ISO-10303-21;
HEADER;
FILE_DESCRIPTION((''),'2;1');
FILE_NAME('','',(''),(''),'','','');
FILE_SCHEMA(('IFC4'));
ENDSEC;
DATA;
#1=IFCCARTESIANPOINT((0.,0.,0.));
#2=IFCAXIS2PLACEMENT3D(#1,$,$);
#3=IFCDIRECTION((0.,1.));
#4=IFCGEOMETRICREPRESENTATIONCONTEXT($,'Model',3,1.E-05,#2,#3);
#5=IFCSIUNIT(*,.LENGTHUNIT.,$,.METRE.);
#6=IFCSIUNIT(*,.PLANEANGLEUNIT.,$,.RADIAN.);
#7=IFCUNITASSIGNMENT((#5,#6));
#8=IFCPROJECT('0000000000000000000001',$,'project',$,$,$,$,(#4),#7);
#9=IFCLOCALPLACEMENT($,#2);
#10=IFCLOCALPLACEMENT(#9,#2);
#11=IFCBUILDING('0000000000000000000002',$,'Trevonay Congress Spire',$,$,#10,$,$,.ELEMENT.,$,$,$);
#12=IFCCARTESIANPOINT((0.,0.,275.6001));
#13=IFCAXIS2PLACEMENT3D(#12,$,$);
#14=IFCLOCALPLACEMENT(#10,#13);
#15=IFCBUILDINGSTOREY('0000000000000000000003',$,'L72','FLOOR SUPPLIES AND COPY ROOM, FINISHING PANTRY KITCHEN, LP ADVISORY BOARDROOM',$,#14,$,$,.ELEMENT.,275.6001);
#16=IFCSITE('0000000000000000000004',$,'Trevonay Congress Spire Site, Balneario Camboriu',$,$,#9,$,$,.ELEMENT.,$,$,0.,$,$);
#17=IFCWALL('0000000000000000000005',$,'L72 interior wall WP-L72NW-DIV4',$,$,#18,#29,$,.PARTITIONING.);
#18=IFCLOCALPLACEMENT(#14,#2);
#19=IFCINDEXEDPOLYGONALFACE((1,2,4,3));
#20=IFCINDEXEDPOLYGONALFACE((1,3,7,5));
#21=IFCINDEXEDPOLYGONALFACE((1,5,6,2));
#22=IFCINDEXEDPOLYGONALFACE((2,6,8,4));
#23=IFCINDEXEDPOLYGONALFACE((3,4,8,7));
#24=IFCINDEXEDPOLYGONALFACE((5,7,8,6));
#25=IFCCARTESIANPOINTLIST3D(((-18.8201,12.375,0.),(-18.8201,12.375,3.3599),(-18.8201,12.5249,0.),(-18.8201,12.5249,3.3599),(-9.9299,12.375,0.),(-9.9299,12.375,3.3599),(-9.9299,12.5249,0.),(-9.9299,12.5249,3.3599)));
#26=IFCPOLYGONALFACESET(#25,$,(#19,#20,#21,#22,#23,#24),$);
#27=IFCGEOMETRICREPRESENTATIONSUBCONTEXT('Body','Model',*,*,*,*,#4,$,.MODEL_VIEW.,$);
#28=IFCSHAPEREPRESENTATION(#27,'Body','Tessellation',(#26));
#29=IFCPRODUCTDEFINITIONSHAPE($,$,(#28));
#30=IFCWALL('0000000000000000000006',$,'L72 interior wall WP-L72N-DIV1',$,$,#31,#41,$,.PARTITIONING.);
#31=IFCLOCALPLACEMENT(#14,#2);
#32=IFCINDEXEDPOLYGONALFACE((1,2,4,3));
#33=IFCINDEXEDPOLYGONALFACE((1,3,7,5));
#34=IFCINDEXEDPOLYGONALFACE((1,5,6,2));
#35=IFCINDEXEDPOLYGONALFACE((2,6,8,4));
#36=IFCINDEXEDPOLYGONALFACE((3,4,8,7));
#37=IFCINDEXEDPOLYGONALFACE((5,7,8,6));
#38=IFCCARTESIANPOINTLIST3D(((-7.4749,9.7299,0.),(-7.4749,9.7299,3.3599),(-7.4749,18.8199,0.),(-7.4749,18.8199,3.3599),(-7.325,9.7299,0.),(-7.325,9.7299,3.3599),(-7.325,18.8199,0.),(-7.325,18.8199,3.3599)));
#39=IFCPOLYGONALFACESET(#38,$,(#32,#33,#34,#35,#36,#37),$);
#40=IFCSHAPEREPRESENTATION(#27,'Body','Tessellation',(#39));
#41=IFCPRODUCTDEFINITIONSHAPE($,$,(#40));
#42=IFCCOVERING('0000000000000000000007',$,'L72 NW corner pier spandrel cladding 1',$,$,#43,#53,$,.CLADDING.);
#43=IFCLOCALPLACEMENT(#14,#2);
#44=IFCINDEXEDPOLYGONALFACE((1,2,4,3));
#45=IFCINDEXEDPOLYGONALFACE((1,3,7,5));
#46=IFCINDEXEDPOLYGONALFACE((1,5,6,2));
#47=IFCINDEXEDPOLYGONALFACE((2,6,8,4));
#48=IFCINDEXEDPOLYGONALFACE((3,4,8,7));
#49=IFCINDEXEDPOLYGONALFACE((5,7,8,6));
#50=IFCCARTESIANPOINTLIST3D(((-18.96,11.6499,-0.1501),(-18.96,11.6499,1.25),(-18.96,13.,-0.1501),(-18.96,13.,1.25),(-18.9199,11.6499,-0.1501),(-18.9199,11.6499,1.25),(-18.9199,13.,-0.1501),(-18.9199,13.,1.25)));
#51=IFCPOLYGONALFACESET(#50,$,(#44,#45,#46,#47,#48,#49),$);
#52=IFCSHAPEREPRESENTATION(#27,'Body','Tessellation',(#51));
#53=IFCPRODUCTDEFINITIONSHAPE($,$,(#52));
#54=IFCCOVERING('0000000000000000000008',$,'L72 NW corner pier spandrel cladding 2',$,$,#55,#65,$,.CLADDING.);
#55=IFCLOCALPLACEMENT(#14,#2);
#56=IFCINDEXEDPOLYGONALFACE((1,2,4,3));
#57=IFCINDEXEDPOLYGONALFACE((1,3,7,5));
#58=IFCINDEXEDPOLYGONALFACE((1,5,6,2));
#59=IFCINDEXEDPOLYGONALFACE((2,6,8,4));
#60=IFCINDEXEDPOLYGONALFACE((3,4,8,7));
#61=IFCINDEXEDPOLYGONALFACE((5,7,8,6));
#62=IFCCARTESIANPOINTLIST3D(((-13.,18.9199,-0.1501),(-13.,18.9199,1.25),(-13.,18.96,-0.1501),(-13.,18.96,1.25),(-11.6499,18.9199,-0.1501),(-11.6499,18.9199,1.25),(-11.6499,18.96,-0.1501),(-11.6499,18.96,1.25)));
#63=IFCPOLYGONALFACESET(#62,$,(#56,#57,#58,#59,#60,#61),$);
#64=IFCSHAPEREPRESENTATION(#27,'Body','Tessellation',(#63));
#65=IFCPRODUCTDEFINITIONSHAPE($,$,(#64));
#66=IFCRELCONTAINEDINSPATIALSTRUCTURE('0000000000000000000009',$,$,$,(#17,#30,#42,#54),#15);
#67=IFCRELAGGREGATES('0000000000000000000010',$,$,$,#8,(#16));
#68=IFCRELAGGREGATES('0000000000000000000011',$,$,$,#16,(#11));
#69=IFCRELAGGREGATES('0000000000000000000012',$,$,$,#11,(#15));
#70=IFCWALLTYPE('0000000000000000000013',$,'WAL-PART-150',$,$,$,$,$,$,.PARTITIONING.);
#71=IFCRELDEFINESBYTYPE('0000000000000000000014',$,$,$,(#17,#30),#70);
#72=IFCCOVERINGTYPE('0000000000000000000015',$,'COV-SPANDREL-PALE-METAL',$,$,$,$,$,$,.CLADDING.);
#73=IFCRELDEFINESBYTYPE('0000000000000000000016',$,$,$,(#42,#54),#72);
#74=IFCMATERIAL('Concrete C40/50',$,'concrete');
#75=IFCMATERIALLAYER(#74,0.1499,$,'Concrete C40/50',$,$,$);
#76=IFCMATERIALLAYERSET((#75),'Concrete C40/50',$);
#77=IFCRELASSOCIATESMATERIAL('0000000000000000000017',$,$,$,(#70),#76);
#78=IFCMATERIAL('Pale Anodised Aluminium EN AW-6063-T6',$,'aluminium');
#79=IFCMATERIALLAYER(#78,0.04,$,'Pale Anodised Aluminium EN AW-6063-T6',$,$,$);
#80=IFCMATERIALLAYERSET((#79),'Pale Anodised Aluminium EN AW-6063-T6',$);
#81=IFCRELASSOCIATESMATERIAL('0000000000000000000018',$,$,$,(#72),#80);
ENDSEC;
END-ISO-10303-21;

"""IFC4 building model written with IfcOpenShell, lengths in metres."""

from ifc_helpers import new_model, si_unit, direction, frame, frame_2d, origin, place, context, subcontext, project, spatial, rectangle, extrude, material, layer, layer_set, type_object, element, save


model = new_model("IFC4")

# Units and contexts
model_context = context("Model", 3, precision=1e-05, world=origin(), true_north=direction((0.0, 1.0)))
body_context = subcontext(model_context, "Body", "Model", "MODEL_VIEW")
ifc_project = project(units=[si_unit("LENGTHUNIT", "METRE"), si_unit("PLANEANGLEUNIT", "RADIAN")], contexts=[model_context])

# Site, building, storey
site_placement = place(None, origin())
site = spatial("IfcSite", under=ifc_project, at=site_placement, Name="Trevonay Congress Spire Site, Balneario Camboriu", CompositionType="ELEMENT", RefElevation=0.0)
building_placement = place(site_placement, origin())
building = spatial("IfcBuilding", under=site, at=building_placement, Name="Trevonay Congress Spire", CompositionType="ELEMENT")
storey_placement = place(building_placement, frame((0.0, 0.0, 275.6001)))
storey = spatial("IfcBuildingStorey", under=building, at=storey_placement, Name="L72", Description="FLOOR SUPPLIES AND COPY ROOM, FINISHING PANTRY KITCHEN, LP ADVISORY BOARDROOM", CompositionType="ELEMENT", Elevation=275.6001)

# Shared definitions
ifc_material_1 = material(Name="Pale Anodised Aluminium EN AW-6063-T6", Category="aluminium")

# Shared definitions
ifc_material_2 = material(Name="Concrete C40/50", Category="concrete")

# Walls
ifc_layer_1 = layer(ifc_material_2, 0.1499, Name="Concrete C40/50")
ifc_layer_set_1 = layer_set([ifc_layer_1], Name="Concrete C40/50")
wall_type_1 = type_object("IfcWallType", Name="WAL-PART-150", PredefinedType="PARTITIONING", material=ifc_layer_set_1)
wall_1_placement = place(storey_placement, frame((-18.8201, 12.45, 0.0), z_axis=(0.0, 0.0, 1.0), x_axis=(1.0, 0.0, 0.0)))
element("IfcWall", 1, at=wall_1_placement, inside=storey, type_object=wall_type_1, Name="L72 interior wall WP-L72NW-DIV4", PredefinedType="PARTITIONING", context=body_context, shape_type="SweptSolid", body=[
    extrude(rectangle(XDim=8.8901, YDim=0.1499, at=frame_2d((4.4451, 0.0))), origin(), (0.0, 0.0, 1.0), 3.3599),
])
wall_2_placement = place(storey_placement, frame((-7.3999, 9.73, 0.0), z_axis=(0.0, 0.0, 1.0), x_axis=(0.0, 1.0, 0.0)))
element("IfcWall", 2, at=wall_2_placement, inside=storey, type_object=wall_type_1, Name="L72 interior wall WP-L72N-DIV1", PredefinedType="PARTITIONING", context=body_context, shape_type="SweptSolid", body=[
    extrude(rectangle(XDim=9.0901, YDim=0.1499, at=frame_2d((4.5449, 0.0))), origin(), (0.0, 0.0, 1.0), 3.3599),
])

# Coverings
ifc_layer_2 = layer(ifc_material_1, 0.04, Name="Pale Anodised Aluminium EN AW-6063-T6")
ifc_layer_set_2 = layer_set([ifc_layer_2], Name="Pale Anodised Aluminium EN AW-6063-T6")
covering_type = type_object("IfcCoveringType", Name="COV-SPANDREL-PALE-METAL", PredefinedType="CLADDING", material=ifc_layer_set_2)
for number, where, z_axis, x_axis, name in (
    (3, (-18.9399, 11.6499, -0.1501), (0.0, 0.0, 1.0), (0.0, 1.0, 0.0), "L72 NW corner pier spandrel cladding 1"),
    (4, (-11.6499, 18.9399, -0.1501), (0.0, 0.0, 1.0), (-1.0, 0.0, 0.0), "L72 NW corner pier spandrel cladding 2"),
):
    element("IfcCovering", number, at=place(storey_placement, frame(where, z_axis=z_axis, x_axis=x_axis)), inside=storey, type_object=covering_type, Name=name, PredefinedType="CLADDING", context=body_context, shape_type="SweptSolid", body=[
        extrude(rectangle(XDim=1.3501, YDim=0.04, at=frame_2d((0.675, 0.0))), origin(), (0.0, 0.0, 1.0), 1.4001),
    ])

save(model, "model.ifc")
